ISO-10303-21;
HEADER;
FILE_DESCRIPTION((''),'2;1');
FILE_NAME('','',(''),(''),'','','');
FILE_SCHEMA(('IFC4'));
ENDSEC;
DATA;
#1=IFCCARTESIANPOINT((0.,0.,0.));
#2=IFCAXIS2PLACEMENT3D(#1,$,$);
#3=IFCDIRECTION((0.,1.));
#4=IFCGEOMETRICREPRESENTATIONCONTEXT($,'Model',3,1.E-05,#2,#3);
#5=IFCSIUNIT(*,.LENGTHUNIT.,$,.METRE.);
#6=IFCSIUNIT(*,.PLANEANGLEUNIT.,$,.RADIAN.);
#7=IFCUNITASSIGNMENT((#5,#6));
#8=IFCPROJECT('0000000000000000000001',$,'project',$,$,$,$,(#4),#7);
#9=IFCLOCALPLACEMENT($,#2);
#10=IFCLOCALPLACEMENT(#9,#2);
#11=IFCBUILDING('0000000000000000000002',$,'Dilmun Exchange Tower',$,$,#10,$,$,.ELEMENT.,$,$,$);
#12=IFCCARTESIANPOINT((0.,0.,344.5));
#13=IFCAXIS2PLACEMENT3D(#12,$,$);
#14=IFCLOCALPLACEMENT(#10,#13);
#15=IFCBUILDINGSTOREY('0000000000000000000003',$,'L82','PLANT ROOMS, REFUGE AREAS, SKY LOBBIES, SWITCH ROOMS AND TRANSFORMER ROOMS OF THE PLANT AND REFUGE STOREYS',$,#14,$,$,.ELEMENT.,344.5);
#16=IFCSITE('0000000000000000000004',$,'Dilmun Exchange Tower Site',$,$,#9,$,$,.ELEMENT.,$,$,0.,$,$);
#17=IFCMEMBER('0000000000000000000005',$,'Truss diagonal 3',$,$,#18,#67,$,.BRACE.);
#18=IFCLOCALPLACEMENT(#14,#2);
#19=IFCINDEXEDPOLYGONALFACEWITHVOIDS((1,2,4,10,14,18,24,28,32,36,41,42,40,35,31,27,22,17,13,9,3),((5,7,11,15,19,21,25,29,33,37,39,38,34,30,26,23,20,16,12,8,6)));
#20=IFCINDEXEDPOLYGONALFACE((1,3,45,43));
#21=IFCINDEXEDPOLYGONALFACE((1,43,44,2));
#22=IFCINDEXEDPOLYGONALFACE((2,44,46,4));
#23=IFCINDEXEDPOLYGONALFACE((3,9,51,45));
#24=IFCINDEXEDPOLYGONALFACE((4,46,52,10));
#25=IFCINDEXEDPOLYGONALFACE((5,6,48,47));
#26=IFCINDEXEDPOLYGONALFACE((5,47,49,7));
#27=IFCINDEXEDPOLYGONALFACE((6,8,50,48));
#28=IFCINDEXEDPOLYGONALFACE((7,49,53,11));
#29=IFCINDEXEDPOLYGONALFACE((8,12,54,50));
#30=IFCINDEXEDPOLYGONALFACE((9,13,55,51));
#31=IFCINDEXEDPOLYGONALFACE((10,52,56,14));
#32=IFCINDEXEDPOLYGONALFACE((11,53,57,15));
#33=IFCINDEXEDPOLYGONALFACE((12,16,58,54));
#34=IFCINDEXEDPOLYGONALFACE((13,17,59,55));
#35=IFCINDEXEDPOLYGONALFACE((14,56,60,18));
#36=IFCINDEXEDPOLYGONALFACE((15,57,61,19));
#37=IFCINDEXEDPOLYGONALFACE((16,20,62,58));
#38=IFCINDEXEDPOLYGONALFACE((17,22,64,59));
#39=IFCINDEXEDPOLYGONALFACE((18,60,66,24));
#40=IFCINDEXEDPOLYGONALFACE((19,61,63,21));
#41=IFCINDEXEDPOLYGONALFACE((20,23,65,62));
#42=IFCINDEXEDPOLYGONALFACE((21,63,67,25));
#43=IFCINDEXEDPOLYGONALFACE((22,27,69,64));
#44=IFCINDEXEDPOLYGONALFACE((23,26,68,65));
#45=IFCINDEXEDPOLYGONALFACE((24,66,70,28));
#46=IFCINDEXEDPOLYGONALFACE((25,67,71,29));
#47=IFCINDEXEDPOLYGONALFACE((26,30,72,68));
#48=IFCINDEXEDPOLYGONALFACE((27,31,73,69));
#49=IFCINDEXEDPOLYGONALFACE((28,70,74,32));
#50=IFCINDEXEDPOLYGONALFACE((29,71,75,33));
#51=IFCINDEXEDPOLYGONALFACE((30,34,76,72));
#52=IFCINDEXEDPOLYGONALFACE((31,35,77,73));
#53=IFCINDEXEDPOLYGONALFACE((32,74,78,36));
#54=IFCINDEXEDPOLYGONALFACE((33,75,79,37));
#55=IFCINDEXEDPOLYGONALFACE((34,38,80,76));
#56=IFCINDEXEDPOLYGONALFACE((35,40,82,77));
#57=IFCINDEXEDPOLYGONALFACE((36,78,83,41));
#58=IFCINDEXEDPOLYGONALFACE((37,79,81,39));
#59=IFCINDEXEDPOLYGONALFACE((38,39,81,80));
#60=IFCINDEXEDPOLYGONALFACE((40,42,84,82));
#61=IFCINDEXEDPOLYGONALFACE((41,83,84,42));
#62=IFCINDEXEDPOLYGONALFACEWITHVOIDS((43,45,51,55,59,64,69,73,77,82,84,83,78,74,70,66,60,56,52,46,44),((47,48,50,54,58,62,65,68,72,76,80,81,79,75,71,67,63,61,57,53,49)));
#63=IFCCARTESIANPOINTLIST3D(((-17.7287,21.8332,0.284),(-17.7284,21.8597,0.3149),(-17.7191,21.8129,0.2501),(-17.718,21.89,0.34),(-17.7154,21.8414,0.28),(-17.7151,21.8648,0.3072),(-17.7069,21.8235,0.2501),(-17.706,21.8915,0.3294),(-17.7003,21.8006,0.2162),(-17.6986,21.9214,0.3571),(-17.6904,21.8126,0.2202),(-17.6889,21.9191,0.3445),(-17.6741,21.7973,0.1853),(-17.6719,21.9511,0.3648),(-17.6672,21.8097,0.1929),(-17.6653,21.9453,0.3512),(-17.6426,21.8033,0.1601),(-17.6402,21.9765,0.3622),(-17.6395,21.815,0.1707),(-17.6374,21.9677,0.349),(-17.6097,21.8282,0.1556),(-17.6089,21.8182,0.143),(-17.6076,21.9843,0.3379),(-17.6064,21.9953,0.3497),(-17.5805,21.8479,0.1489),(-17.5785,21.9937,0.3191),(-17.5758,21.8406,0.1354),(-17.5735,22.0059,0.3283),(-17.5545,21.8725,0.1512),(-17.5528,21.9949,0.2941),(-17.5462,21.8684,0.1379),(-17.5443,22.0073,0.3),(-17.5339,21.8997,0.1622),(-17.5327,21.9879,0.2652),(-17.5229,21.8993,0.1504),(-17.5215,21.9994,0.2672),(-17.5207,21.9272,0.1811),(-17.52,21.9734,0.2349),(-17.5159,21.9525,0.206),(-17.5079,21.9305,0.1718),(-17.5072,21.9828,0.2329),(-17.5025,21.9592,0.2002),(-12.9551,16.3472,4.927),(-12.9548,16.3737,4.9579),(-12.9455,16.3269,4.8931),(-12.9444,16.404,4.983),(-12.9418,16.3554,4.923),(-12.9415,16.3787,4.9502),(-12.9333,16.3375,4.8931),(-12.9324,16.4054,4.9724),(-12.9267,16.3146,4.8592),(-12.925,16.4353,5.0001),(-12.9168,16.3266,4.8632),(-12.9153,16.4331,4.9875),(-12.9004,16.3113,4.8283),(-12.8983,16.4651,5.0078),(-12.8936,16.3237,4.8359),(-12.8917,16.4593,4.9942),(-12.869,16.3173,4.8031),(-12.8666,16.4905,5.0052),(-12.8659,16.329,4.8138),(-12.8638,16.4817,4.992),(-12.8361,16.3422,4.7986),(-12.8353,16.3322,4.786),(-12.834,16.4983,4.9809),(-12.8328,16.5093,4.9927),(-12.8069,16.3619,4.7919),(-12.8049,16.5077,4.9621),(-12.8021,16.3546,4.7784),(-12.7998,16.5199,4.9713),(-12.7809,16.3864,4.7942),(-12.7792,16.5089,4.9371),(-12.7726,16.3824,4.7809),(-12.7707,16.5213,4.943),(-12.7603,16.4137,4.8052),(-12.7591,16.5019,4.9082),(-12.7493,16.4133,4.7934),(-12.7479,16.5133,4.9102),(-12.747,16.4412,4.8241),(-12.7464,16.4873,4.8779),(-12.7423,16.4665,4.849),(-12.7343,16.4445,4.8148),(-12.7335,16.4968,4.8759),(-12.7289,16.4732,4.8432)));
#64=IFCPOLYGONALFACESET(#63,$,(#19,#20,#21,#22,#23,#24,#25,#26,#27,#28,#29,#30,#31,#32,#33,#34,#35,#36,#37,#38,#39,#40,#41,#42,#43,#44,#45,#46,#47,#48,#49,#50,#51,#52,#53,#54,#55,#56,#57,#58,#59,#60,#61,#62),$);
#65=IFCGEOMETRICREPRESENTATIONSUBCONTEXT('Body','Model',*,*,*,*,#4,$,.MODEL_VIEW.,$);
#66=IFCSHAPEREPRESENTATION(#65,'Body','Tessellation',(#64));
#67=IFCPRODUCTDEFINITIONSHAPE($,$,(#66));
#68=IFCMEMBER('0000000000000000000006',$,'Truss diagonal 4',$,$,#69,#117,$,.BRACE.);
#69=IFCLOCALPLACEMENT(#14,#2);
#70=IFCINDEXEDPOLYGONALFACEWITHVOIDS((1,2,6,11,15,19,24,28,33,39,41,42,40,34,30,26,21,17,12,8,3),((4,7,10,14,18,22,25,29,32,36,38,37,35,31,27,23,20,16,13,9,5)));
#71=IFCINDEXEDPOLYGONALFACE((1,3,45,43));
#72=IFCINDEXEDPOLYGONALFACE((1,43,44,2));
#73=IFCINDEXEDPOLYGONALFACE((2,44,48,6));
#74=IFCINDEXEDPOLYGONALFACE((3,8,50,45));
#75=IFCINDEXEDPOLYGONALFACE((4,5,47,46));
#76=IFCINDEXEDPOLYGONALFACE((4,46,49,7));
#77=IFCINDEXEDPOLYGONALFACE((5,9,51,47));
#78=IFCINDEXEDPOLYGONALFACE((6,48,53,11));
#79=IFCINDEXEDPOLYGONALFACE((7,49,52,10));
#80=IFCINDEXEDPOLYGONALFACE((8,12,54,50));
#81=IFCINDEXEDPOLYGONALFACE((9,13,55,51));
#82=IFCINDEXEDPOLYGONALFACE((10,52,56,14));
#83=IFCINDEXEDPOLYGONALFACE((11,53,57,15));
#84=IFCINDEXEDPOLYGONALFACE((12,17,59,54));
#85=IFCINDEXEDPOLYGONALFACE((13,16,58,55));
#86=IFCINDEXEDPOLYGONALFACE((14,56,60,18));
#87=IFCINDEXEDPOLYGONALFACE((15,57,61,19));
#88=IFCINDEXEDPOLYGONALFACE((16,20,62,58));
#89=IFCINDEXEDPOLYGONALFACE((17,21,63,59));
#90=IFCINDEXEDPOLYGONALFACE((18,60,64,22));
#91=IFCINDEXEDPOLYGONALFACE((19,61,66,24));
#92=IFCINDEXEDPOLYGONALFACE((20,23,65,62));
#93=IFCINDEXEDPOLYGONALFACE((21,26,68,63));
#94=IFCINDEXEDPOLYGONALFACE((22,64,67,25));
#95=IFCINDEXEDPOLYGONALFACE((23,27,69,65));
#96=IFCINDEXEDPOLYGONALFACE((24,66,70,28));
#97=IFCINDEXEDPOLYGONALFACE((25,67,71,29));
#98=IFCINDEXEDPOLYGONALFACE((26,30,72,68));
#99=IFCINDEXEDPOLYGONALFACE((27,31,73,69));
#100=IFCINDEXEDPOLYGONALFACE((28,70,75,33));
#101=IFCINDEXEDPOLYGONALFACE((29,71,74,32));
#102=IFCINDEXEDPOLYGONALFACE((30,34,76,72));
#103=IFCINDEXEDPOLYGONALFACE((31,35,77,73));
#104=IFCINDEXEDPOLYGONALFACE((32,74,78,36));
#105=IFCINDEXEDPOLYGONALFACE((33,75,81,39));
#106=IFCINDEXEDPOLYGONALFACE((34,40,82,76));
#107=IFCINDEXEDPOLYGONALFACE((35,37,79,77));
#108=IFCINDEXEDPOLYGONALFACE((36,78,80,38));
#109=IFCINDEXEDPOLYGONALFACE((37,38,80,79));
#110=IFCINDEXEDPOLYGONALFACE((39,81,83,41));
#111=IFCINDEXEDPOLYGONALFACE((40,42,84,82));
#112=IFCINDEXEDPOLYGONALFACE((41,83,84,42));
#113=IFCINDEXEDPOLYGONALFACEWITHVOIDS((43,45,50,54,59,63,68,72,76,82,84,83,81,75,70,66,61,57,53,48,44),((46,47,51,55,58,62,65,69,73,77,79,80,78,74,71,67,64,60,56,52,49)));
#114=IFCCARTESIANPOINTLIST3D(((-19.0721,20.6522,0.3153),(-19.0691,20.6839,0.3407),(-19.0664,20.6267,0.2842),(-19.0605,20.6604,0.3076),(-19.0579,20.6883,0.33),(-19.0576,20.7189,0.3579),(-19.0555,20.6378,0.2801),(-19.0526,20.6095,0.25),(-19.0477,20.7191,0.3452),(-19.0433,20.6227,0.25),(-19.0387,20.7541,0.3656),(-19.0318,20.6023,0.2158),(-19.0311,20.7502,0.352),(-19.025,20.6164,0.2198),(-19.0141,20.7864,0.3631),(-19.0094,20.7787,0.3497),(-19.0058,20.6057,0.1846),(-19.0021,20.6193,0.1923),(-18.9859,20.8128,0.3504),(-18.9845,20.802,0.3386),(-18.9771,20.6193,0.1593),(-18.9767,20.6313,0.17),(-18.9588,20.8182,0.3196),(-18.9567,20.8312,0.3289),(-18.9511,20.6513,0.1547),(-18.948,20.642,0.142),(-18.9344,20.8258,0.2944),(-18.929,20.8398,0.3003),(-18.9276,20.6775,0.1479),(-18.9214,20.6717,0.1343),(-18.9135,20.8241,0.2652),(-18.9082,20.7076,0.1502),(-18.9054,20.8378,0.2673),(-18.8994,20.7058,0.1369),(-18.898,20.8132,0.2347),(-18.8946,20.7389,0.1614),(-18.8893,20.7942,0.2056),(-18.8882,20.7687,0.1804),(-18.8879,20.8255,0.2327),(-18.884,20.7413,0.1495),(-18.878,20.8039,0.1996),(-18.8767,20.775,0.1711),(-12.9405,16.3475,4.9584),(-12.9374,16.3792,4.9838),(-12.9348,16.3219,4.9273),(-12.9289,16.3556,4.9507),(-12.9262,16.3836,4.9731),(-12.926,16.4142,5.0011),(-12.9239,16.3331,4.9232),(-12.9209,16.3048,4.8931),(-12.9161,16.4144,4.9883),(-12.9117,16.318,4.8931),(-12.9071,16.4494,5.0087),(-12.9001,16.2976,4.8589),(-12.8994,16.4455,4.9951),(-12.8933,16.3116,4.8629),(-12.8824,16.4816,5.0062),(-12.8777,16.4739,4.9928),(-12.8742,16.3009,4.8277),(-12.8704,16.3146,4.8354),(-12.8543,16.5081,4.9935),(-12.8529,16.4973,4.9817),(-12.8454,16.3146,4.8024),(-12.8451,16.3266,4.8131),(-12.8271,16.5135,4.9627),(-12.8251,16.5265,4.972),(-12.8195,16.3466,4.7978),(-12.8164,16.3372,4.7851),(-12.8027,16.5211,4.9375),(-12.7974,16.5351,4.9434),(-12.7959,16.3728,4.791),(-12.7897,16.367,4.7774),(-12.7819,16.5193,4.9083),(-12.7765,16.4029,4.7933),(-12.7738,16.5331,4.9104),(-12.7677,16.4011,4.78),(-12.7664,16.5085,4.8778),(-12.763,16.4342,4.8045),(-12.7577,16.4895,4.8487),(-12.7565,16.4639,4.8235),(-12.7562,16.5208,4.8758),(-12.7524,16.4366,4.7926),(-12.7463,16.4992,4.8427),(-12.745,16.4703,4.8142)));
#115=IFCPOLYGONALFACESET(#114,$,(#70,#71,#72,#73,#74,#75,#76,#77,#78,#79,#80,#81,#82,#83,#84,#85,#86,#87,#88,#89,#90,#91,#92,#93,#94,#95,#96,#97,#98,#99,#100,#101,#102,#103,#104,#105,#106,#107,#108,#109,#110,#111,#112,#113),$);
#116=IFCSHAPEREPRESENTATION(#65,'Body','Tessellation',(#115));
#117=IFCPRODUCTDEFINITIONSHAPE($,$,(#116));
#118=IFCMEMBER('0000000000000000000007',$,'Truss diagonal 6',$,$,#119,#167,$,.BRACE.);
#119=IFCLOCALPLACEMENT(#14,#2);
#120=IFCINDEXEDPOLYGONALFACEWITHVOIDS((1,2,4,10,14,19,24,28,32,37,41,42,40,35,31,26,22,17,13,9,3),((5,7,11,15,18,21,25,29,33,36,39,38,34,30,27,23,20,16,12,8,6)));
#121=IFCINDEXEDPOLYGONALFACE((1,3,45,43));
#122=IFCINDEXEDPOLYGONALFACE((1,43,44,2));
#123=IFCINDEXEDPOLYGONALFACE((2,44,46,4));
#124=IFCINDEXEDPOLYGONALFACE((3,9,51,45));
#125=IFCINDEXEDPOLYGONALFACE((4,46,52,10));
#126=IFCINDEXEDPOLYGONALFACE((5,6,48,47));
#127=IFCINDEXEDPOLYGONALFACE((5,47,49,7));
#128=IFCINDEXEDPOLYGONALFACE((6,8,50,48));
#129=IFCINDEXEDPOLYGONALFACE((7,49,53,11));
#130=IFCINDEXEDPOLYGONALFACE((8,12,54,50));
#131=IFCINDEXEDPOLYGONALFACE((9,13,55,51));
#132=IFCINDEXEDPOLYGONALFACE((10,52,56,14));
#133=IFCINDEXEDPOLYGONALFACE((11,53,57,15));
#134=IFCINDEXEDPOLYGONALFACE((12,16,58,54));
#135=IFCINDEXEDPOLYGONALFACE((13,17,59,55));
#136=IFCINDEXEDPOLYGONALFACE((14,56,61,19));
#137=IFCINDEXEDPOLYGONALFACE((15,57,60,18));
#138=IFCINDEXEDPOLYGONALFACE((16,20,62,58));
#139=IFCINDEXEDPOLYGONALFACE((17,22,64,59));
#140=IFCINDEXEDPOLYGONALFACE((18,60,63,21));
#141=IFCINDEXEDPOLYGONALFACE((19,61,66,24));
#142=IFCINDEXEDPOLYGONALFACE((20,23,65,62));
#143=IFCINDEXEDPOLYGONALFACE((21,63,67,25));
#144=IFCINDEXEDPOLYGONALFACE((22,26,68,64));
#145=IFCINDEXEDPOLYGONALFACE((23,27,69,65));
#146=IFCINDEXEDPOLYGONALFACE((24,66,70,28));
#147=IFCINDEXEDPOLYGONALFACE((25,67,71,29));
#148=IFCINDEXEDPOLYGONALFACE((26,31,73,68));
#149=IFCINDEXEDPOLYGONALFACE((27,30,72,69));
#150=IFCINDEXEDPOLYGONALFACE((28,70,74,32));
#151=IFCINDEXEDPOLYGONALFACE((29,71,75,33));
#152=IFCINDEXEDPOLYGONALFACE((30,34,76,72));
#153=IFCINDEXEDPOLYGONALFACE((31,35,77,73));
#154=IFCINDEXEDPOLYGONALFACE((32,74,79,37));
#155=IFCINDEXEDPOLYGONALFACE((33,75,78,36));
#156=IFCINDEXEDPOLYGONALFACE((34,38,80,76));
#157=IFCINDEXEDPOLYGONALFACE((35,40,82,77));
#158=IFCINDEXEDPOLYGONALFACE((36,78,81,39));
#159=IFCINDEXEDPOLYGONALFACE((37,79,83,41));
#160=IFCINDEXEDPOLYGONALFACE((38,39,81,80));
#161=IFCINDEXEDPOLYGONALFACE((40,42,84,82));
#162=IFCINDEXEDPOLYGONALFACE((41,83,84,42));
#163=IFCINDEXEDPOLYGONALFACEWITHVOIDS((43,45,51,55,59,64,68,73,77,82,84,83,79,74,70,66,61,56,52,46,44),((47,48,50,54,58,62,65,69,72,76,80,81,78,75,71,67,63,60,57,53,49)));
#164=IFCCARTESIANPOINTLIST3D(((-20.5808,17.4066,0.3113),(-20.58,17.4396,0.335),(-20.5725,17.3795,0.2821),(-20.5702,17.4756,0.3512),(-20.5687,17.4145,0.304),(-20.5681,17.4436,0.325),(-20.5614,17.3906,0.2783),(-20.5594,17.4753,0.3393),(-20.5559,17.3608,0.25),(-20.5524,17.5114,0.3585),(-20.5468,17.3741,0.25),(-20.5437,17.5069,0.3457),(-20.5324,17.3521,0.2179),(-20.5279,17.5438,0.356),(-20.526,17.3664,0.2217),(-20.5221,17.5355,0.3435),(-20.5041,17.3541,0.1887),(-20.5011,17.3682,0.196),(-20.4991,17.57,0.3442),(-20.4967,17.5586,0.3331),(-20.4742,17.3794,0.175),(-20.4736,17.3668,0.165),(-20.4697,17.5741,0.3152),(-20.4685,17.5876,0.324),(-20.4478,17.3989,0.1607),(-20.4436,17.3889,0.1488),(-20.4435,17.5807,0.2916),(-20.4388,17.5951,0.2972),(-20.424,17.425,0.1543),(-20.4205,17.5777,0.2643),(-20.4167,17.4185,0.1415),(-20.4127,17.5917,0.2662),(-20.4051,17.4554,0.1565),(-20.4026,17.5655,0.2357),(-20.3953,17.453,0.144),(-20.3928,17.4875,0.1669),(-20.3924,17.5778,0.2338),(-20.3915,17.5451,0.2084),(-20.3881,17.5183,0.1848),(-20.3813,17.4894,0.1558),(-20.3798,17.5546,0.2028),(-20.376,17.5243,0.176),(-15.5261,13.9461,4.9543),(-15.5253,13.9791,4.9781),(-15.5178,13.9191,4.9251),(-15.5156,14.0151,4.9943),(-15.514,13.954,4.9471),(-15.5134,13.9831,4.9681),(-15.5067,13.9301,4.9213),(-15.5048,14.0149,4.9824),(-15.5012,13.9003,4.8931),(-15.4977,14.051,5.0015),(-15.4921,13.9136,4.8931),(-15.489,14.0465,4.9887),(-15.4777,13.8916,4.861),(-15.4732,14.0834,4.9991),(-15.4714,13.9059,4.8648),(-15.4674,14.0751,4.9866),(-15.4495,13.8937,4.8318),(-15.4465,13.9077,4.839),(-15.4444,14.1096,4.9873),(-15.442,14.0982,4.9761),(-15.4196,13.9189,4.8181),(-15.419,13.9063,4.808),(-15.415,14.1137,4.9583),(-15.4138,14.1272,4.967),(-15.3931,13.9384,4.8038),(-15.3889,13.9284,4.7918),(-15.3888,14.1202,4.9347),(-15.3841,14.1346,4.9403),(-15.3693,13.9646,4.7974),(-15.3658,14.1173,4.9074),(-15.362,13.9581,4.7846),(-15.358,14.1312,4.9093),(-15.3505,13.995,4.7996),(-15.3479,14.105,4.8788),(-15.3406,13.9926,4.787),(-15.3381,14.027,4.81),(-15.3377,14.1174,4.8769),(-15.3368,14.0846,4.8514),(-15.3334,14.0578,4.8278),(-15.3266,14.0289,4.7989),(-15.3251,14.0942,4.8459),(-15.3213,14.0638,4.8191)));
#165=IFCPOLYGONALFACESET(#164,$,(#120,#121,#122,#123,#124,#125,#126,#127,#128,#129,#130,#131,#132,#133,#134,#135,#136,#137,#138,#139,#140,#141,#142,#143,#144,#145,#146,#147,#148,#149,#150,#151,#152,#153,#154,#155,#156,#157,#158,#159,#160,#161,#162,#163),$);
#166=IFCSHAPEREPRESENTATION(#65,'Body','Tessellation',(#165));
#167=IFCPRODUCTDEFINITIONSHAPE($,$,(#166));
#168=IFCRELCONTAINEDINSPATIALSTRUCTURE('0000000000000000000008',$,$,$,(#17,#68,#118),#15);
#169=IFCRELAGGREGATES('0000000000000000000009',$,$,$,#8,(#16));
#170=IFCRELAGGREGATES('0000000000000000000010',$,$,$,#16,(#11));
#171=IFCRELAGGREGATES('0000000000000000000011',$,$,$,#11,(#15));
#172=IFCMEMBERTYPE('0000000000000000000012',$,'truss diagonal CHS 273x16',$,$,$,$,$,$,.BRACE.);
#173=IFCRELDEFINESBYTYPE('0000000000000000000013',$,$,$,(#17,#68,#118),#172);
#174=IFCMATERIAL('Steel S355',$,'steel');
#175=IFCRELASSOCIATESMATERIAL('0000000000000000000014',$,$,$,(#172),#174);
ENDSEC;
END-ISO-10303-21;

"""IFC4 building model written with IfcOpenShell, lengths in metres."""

from ifc_helpers import new_model, si_unit, direction, frame, origin, origin_2d, place, context, subcontext, project, spatial, hollow_circle, extrude, material, material_profile, profile_set, type_object, element, save


model = new_model("IFC4")

# Units and contexts
model_context = context("Model", 3, precision=1e-05, world=origin(), true_north=direction((0.0, 1.0)))
body_context = subcontext(model_context, "Body", "Model", "MODEL_VIEW")
ifc_project = project(units=[si_unit("LENGTHUNIT", "METRE"), si_unit("PLANEANGLEUNIT", "RADIAN")], contexts=[model_context])

# Site, building, storey
site_placement = place(None, origin())
site = spatial("IfcSite", under=ifc_project, at=site_placement, Name="Dilmun Exchange Tower Site", CompositionType="ELEMENT", RefElevation=0.0)
building_placement = place(site_placement, origin())
building = spatial("IfcBuilding", under=site, at=building_placement, Name="Dilmun Exchange Tower", CompositionType="ELEMENT")
storey_placement = place(building_placement, frame((0.0, 0.0, 344.5)))
storey = spatial("IfcBuildingStorey", under=building, at=storey_placement, Name="L82", Description="PLANT ROOMS, REFUGE AREAS, SKY LOBBIES, SWITCH ROOMS AND TRANSFORMER ROOMS OF THE PLANT AND REFUGE STOREYS", CompositionType="ELEMENT", Elevation=344.5)

# Shared definitions
ifc_material_1 = material(Name="Steel S355", Category="steel")

# Members
ifc_material_profile_1 = material_profile(ifc_material_1, hollow_circle(Radius=0.1365, WallThickness=0.0161, at=origin_2d()), Name="CHS 273x16")
ifc_profile_set_1 = profile_set([ifc_material_profile_1], Name="Steel S355")
member_type_1 = type_object("IfcMemberType", Name="truss diagonal CHS 273x16", PredefinedType="BRACE", material=ifc_profile_set_1)
member_1_placement = place(storey_placement, frame((-12.8425, 16.4165, 4.8931), z_axis=(-0.553275, 0.635843, -0.538136), x_axis=(-0.754389, -0.656427, 0.0)))
element("IfcMember", 1, at=member_1_placement, inside=storey, type_object=member_type_1, Name="Truss diagonal 3", PredefinedType="BRACE", context=body_context, shape_type="SweptSolid", body=[
    extrude(hollow_circle(Radius=0.1365, WallThickness=0.0161, at=origin_2d()), origin(), (0.0, 0.0, 1.0), 8.6279),
])
member_2_placement = place(storey_placement, frame((-12.8425, 16.4165, 4.8931), z_axis=(-0.695673, 0.488398, -0.526789), x_axis=(-0.574588, -0.818443, 0.0)))
element("IfcMember", 2, at=member_2_placement, inside=storey, type_object=member_type_1, Name="Truss diagonal 4", PredefinedType="BRACE", context=body_context, shape_type="SweptSolid", body=[
    extrude(hollow_circle(Radius=0.1365, WallThickness=0.0161, at=origin_2d()), origin(), (0.0, 0.0, 1.0), 8.814),
])
member_3_placement = place(storey_placement, frame((-15.4241, 14.0129, 4.8931), z_axis=(-0.657604, 0.450197, -0.604053), x_axis=(-0.564904, -0.825157, 0.0)))
element("IfcMember", 3, at=member_3_placement, inside=storey, type_object=member_type_1, Name="Truss diagonal 6", PredefinedType="BRACE", context=body_context, shape_type="SweptSolid", body=[
    extrude(hollow_circle(Radius=0.1365, WallThickness=0.0161, at=origin_2d()), origin(), (0.0, 0.0, 1.0), 7.6865),
])

save(model, "model.ifc")
